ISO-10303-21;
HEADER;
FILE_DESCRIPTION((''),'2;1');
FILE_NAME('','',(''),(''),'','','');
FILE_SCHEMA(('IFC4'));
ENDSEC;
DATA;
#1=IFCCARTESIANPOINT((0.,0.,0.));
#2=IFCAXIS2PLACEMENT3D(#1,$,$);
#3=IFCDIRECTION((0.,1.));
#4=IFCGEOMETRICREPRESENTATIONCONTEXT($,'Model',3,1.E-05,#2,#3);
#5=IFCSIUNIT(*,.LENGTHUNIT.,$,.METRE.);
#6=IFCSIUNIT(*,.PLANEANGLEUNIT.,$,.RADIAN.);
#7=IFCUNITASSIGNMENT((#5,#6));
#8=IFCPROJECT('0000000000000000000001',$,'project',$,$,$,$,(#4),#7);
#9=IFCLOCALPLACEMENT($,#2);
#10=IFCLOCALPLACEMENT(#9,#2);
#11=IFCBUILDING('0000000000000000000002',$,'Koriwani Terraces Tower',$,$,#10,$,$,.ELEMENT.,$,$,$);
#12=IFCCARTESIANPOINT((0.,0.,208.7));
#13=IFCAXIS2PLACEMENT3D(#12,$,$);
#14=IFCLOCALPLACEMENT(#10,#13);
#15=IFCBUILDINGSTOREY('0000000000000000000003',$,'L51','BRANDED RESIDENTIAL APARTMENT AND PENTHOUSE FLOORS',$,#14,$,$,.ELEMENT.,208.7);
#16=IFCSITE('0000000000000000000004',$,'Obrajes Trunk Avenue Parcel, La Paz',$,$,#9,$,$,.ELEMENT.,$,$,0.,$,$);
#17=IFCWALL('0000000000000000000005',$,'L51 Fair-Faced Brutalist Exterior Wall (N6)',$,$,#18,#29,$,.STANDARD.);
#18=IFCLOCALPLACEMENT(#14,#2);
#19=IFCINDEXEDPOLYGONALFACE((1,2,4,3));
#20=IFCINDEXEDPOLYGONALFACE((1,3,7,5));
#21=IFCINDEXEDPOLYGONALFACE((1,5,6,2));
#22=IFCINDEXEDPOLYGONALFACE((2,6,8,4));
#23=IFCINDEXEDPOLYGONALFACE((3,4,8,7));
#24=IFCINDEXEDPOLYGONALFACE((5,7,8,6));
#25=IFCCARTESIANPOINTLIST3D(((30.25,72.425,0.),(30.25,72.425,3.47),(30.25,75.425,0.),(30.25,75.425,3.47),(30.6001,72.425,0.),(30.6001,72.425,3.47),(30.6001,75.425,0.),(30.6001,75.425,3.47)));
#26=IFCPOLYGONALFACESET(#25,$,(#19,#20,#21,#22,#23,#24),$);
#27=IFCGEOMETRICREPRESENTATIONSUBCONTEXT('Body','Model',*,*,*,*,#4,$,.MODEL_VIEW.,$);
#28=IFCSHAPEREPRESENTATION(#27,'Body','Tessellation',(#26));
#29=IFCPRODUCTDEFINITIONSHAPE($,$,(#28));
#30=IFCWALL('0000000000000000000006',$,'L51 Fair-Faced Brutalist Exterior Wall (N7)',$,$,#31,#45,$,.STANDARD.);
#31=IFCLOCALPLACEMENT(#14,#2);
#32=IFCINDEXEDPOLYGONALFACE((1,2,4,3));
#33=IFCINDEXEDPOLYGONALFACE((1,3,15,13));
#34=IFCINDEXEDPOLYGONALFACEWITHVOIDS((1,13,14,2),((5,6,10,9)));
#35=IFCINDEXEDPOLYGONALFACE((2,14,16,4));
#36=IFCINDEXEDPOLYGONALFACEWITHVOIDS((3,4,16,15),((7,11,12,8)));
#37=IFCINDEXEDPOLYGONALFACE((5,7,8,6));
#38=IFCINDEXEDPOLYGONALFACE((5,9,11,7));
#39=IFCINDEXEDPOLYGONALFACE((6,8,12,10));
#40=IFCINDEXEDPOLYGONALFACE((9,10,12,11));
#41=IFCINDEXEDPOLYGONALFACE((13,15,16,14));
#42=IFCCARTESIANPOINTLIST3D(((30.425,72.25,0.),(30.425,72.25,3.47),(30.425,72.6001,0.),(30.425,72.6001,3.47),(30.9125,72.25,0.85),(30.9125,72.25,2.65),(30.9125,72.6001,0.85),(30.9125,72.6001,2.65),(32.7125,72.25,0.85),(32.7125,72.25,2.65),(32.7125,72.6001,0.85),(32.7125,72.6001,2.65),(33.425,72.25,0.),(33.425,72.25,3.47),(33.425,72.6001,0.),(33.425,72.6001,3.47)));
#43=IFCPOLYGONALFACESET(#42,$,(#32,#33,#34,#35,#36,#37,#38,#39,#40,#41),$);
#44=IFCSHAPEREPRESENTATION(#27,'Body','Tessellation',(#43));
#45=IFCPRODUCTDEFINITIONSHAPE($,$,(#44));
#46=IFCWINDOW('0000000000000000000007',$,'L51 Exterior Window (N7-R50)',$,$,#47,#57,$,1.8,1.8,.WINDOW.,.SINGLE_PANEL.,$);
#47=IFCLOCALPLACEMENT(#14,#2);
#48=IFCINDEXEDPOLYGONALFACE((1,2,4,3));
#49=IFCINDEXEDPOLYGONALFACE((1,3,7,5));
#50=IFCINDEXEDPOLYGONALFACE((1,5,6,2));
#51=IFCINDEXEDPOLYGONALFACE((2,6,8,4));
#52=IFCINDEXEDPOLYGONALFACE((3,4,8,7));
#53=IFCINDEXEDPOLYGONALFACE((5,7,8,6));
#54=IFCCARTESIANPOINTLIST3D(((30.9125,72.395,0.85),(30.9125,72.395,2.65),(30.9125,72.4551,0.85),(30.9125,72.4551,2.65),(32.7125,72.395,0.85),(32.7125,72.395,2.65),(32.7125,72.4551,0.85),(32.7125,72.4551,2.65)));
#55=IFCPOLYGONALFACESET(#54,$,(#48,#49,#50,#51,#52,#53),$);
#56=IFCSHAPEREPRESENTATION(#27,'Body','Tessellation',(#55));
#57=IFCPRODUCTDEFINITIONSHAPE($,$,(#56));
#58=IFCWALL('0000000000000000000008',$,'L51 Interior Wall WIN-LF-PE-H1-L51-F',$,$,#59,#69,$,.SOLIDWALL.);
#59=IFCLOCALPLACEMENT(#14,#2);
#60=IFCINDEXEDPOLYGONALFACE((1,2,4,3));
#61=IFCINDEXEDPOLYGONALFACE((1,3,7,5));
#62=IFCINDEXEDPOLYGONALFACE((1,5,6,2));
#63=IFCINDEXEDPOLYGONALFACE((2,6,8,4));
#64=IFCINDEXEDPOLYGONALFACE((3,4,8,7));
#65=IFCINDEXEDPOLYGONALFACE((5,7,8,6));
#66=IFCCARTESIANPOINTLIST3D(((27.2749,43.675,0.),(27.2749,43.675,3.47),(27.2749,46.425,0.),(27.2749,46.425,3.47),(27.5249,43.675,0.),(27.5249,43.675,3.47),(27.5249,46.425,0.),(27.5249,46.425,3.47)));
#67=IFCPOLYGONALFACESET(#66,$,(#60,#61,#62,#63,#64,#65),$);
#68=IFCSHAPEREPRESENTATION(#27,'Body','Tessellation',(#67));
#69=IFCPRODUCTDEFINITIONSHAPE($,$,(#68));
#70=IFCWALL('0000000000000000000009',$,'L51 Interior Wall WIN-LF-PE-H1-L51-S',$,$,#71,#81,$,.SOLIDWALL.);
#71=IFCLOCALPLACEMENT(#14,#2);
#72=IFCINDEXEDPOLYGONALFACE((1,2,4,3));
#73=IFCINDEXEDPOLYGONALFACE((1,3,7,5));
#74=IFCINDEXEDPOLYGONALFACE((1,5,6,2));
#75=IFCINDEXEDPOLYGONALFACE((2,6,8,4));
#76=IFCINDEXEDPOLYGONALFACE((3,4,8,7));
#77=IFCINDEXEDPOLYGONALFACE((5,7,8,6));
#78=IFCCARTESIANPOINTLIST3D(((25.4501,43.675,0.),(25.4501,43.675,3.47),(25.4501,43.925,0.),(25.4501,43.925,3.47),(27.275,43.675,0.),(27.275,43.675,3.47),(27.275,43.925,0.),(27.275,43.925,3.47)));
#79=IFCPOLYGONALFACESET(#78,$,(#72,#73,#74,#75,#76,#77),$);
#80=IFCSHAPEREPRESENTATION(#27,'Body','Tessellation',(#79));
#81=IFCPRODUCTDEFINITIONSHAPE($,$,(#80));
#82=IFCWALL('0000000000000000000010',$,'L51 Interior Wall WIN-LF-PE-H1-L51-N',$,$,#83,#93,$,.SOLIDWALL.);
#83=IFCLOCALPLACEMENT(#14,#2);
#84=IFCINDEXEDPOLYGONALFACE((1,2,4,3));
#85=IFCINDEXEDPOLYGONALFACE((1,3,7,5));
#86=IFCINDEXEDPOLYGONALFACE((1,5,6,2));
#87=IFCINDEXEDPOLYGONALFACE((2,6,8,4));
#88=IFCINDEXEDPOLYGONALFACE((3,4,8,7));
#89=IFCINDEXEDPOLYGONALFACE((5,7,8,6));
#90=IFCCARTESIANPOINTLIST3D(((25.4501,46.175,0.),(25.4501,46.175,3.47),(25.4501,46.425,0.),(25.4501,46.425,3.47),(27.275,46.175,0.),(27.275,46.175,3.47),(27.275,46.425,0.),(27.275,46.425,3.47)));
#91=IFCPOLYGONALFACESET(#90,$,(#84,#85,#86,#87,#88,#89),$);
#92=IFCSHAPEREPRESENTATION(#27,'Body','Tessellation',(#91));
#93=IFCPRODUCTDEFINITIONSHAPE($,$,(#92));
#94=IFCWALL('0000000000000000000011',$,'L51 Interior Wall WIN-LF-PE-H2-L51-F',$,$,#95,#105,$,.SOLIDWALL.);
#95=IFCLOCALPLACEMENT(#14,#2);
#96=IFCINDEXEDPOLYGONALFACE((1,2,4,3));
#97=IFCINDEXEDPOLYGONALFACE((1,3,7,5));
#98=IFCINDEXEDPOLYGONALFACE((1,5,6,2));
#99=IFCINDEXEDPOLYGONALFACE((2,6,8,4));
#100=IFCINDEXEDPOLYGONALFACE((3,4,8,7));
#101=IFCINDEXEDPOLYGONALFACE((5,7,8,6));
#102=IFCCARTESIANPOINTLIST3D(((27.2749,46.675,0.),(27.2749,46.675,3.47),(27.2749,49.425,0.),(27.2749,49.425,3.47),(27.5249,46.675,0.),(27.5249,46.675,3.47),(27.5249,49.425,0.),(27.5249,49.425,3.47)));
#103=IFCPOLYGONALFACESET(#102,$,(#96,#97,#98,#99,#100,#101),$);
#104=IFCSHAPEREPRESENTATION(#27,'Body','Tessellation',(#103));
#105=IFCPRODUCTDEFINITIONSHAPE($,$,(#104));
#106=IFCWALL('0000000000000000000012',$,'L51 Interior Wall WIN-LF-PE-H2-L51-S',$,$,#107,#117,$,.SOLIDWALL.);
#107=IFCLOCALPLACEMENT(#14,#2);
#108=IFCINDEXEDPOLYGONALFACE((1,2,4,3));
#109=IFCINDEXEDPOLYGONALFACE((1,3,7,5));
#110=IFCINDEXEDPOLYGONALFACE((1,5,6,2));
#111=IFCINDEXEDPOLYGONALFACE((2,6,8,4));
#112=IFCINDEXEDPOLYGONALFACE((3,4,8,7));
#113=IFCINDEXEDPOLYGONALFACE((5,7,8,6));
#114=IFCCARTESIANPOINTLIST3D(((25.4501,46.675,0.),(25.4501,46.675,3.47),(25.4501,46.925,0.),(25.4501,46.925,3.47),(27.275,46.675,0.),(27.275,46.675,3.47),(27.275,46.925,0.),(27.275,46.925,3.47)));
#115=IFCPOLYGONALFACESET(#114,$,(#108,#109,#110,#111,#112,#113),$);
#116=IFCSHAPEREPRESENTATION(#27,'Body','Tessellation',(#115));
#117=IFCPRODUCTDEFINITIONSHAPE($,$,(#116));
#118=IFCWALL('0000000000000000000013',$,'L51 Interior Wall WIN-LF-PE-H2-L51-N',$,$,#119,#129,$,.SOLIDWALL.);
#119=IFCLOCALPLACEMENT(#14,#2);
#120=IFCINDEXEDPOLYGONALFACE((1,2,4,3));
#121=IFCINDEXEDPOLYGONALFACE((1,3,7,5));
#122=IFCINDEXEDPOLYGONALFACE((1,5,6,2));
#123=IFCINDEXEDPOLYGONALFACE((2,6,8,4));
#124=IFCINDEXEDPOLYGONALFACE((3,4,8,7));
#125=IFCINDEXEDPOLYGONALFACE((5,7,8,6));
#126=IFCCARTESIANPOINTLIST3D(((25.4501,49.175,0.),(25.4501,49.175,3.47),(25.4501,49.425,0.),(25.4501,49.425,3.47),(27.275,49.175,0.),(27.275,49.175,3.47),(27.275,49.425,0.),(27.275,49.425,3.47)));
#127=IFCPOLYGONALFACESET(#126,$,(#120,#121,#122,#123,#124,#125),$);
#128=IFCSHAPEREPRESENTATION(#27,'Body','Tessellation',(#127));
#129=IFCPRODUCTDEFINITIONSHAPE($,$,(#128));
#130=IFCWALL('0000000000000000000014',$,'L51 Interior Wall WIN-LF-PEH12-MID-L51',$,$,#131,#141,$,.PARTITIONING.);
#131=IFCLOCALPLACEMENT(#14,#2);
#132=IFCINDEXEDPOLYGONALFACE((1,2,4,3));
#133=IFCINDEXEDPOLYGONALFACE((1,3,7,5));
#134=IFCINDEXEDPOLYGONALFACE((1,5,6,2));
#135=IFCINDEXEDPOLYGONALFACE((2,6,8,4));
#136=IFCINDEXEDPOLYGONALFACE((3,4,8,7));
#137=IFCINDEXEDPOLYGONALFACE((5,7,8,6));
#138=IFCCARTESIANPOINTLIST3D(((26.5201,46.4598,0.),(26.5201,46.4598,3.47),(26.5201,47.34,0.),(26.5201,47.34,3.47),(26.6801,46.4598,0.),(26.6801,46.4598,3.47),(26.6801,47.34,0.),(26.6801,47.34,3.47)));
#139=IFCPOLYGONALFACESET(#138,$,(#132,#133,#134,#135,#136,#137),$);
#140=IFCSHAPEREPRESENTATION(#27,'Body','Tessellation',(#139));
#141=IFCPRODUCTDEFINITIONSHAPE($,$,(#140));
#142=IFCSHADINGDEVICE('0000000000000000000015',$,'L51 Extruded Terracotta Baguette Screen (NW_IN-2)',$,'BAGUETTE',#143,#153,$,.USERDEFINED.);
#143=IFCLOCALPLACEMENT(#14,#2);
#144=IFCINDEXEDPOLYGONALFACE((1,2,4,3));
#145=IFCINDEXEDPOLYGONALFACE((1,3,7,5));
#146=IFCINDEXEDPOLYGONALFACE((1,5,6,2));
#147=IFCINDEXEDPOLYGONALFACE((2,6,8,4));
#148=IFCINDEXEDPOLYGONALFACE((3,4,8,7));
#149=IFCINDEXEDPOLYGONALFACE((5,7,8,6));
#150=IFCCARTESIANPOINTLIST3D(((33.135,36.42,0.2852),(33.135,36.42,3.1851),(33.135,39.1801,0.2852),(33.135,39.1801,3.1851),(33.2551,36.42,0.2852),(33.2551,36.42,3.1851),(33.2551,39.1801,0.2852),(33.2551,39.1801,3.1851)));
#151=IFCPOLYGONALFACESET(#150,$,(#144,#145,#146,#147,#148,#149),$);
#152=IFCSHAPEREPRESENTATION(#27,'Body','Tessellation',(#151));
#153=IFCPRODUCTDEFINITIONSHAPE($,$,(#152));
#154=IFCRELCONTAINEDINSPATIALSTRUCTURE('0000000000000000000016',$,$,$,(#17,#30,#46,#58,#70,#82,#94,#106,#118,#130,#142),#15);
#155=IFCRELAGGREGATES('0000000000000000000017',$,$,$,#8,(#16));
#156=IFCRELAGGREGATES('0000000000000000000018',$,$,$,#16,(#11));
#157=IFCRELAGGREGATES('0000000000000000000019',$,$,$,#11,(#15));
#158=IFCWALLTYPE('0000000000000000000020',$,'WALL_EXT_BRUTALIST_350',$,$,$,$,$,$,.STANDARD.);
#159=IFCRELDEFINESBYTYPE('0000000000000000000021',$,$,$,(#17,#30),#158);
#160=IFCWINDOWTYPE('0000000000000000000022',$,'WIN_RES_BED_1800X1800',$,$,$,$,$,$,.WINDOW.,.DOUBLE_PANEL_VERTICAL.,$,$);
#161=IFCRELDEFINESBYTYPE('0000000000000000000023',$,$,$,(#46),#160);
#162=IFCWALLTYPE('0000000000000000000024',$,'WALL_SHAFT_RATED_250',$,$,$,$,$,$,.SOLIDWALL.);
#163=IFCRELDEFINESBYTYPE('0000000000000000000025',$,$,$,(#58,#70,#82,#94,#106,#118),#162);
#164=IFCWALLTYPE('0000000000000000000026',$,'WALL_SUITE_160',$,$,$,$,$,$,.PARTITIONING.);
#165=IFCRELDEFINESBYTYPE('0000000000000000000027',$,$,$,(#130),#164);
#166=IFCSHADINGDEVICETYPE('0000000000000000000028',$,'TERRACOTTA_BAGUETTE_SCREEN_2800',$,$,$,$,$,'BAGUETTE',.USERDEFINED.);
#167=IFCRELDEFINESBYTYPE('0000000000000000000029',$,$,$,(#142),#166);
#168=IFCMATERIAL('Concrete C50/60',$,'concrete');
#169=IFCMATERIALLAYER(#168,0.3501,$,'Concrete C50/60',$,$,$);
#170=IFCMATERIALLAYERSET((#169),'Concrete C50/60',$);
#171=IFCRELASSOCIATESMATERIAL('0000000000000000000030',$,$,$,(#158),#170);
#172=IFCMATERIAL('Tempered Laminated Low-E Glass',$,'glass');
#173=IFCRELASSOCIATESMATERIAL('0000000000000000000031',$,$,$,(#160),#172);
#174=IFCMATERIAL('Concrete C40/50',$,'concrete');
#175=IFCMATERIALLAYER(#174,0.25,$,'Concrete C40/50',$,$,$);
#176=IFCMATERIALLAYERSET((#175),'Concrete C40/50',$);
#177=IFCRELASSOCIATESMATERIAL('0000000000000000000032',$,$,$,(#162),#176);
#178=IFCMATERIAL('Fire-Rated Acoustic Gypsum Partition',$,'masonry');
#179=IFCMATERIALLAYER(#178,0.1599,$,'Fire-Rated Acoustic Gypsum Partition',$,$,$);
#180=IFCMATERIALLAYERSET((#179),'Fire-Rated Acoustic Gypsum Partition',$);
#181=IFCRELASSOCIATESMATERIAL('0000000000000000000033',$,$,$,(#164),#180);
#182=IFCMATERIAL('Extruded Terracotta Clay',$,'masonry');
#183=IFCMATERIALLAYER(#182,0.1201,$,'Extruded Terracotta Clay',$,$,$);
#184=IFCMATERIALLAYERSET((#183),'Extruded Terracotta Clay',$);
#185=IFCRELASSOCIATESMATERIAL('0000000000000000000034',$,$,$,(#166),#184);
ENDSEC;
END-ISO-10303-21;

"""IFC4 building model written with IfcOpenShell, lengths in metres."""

from ifc_helpers import new_model, si_unit, direction, frame, frame_2d, origin, origin_2d, place, context, subcontext, project, spatial, rectangle, extrude, material, layer, layer_set, type_object, element, fill, save


model = new_model("IFC4")

# Units and contexts
model_context = context("Model", 3, precision=1e-05, world=origin(), true_north=direction((0.0, 1.0)))
body_context = subcontext(model_context, "Body", "Model", "MODEL_VIEW")
ifc_project = project(units=[si_unit("LENGTHUNIT", "METRE"), si_unit("PLANEANGLEUNIT", "RADIAN")], contexts=[model_context])

# Site, building, storey
site_placement = place(None, origin())
site = spatial("IfcSite", under=ifc_project, at=site_placement, Name="Obrajes Trunk Avenue Parcel, La Paz", CompositionType="ELEMENT", RefElevation=0.0)
building_placement = place(site_placement, origin())
building = spatial("IfcBuilding", under=site, at=building_placement, Name="Koriwani Terraces Tower", CompositionType="ELEMENT")
storey_placement = place(building_placement, frame((0.0, 0.0, 208.7)))
storey = spatial("IfcBuildingStorey", under=building, at=storey_placement, Name="L51", Description="BRANDED RESIDENTIAL APARTMENT AND PENTHOUSE FLOORS", CompositionType="ELEMENT", Elevation=208.7)

# Shared definitions
ifc_material_1 = material(Name="Concrete C50/60", Category="concrete")

# Wall
ifc_layer_1 = layer(ifc_material_1, 0.3501, Name="Concrete C50/60")
ifc_layer_set_1 = layer_set([ifc_layer_1], Name="Concrete C50/60")
wall_type_1 = type_object("IfcWallType", Name="WALL_EXT_BRUTALIST_350", PredefinedType="STANDARD", material=ifc_layer_set_1)
wall_1_placement = place(storey_placement, frame((30.425, 75.425, 0.0), z_axis=(0.0, 0.0, 1.0), x_axis=(0.0, -1.0, 0.0)))
element("IfcWall", 1, at=wall_1_placement, inside=storey, type_object=wall_type_1, Name="L51 Fair-Faced Brutalist Exterior Wall (N6)", PredefinedType="STANDARD", context=body_context, shape_type="SweptSolid", body=[
    extrude(rectangle(XDim=3.0, YDim=0.3501, at=frame_2d((1.5, 0.0))), origin(), (0.0, 0.0, 1.0), 3.47),
])

# Wall, opening, window
wall_2_placement = place(storey_placement, frame((30.425, 72.425, 0.0), z_axis=(0.0, 0.0, 1.0), x_axis=(1.0, 0.0, 0.0)))
wall_2 = element("IfcWall", 2, at=wall_2_placement, inside=storey, type_object=wall_type_1, Name="L51 Fair-Faced Brutalist Exterior Wall (N7)", PredefinedType="STANDARD", context=body_context, shape_type="SweptSolid", body=[
    extrude(rectangle(XDim=3.0, YDim=0.3501, at=frame_2d((1.5, 0.0))), origin(), (0.0, 0.0, 1.0), 3.47),
])
opening_1_placement = place(wall_2_placement, frame((0.4875, 0.0, 0.8501)))
opening_1 = element("IfcOpeningElement", 3, at=opening_1_placement, cuts=wall_2, PredefinedType="OPENING", context=body_context, shape_type="SweptSolid", body=[
    extrude(rectangle(XDim=1.8, YDim=1.8, at=frame_2d((0.8999, 0.8999))), frame((0.0, 0.1851, 0.0), z_axis=(0.0, -1.0, 0.0), x_axis=(1.0, 0.0, 0.0)), (0.0, 0.0, 1.0), 0.3701),
])
ifc_material_2 = material(Name="Tempered Laminated Low-E Glass", Category="glass")
window_type = type_object("IfcWindowType", Name="WIN_RES_BED_1800X1800", PartitioningType="DOUBLE_PANEL_VERTICAL", PredefinedType="WINDOW", material=ifc_material_2)
window_placement = place(opening_1_placement, origin())
window = element("IfcWindow", 4, at=window_placement, inside=storey, type_object=window_type, Name="L51 Exterior Window (N7-R50)", OverallHeight=1.8, OverallWidth=1.8, PartitioningType="SINGLE_PANEL", PredefinedType="WINDOW", context=body_context, shape_type="SweptSolid", body=[
    extrude(rectangle(XDim=1.8, YDim=1.8, at=frame_2d((0.8999, 0.8999))), frame((0.0, 0.03, 0.0), z_axis=(0.0, -1.0, 0.0), x_axis=(1.0, 0.0, 0.0)), (0.0, 0.0, 1.0), 0.0601),
])
fill(opening_1, window)

# Shared definitions
ifc_material_3 = material(Name="Concrete C40/50", Category="concrete")
ifc_layer_2 = layer(ifc_material_3, 0.25, Name="Concrete C40/50")
ifc_layer_set_2 = layer_set([ifc_layer_2], Name="Concrete C40/50")
wall_type_2 = type_object("IfcWallType", Name="WALL_SHAFT_RATED_250", PredefinedType="SOLIDWALL", material=ifc_layer_set_2)

# Walls
wall_3_placement = place(storey_placement, frame((27.3999, 43.675, 0.0), z_axis=(0.0, 0.0, 1.0), x_axis=(0.0, 1.0, 0.0)))
element("IfcWall", 5, at=wall_3_placement, inside=storey, type_object=wall_type_2, Name="L51 Interior Wall WIN-LF-PE-H1-L51-F", PredefinedType="SOLIDWALL", context=body_context, shape_type="SweptSolid", body=[
    extrude(rectangle(XDim=2.75, YDim=0.25, at=frame_2d((1.375, 0.0))), origin(), (0.0, 0.0, 1.0), 3.47),
])
for number, where, z_axis, x_axis, name in (
    (6, (25.45, 43.8, 0.0), (0.0, 0.0, 1.0), (1.0, 0.0, 0.0), "L51 Interior Wall WIN-LF-PE-H1-L51-S"),
    (7, (25.45, 46.3, 0.0), (0.0, 0.0, 1.0), (1.0, 0.0, 0.0), "L51 Interior Wall WIN-LF-PE-H1-L51-N"),
):
    element("IfcWall", number, at=place(storey_placement, frame(where, z_axis=z_axis, x_axis=x_axis)), inside=storey, type_object=wall_type_2, Name=name, PredefinedType="SOLIDWALL", context=body_context, shape_type="SweptSolid", body=[
        extrude(rectangle(XDim=1.825, YDim=0.25, at=frame_2d((0.9126, 0.0))), origin(), (0.0, 0.0, 1.0), 3.47),
    ])
wall_4_placement = place(storey_placement, frame((27.3999, 46.675, 0.0), z_axis=(0.0, 0.0, 1.0), x_axis=(0.0, 1.0, 0.0)))
element("IfcWall", 8, at=wall_4_placement, inside=storey, type_object=wall_type_2, Name="L51 Interior Wall WIN-LF-PE-H2-L51-F", PredefinedType="SOLIDWALL", context=body_context, shape_type="SweptSolid", body=[
    extrude(rectangle(XDim=2.75, YDim=0.25, at=frame_2d((1.375, 0.0))), origin(), (0.0, 0.0, 1.0), 3.47),
])
for number, where, z_axis, x_axis, name in (
    (9, (25.45, 46.8, 0.0), (0.0, 0.0, 1.0), (1.0, 0.0, 0.0), "L51 Interior Wall WIN-LF-PE-H2-L51-S"),
    (10, (25.45, 49.3, 0.0), (0.0, 0.0, 1.0), (1.0, 0.0, 0.0), "L51 Interior Wall WIN-LF-PE-H2-L51-N"),
):
    element("IfcWall", number, at=place(storey_placement, frame(where, z_axis=z_axis, x_axis=x_axis)), inside=storey, type_object=wall_type_2, Name=name, PredefinedType="SOLIDWALL", context=body_context, shape_type="SweptSolid", body=[
        extrude(rectangle(XDim=1.825, YDim=0.25, at=frame_2d((0.9126, 0.0))), origin(), (0.0, 0.0, 1.0), 3.47),
    ])
ifc_material_4 = material(Name="Fire-Rated Acoustic Gypsum Partition", Category="masonry")
ifc_layer_3 = layer(ifc_material_4, 0.1599, Name="Fire-Rated Acoustic Gypsum Partition")
ifc_layer_set_3 = layer_set([ifc_layer_3], Name="Fire-Rated Acoustic Gypsum Partition")
wall_type_3 = type_object("IfcWallType", Name="WALL_SUITE_160", PredefinedType="PARTITIONING", material=ifc_layer_set_3)
wall_5_placement = place(storey_placement, frame((26.6001, 46.46, 0.0), z_axis=(0.0, 0.0, 1.0), x_axis=(0.0, 1.0, 0.0)))
element("IfcWall", 11, at=wall_5_placement, inside=storey, type_object=wall_type_3, Name="L51 Interior Wall WIN-LF-PEH12-MID-L51", PredefinedType="PARTITIONING", context=body_context, shape_type="SweptSolid", body=[
    extrude(rectangle(XDim=0.8801, YDim=0.1599, at=frame_2d((0.4399, 0.0))), origin(), (0.0, 0.0, 1.0), 3.47),
])

# Shading device
ifc_material_5 = material(Name="Extruded Terracotta Clay", Category="masonry")
ifc_layer_4 = layer(ifc_material_5, 0.1201, Name="Extruded Terracotta Clay")
ifc_layer_set_4 = layer_set([ifc_layer_4], Name="Extruded Terracotta Clay")
shading_device_type = type_object("IfcShadingDeviceType", Name="TERRACOTTA_BAGUETTE_SCREEN_2800", ElementType="BAGUETTE", PredefinedType="USERDEFINED", material=ifc_layer_set_4)
shading_device_placement = place(storey_placement, frame((33.1951, 37.8, 0.2852), z_axis=(0.0, 0.0, 1.0), x_axis=(0.0, -1.0, 0.0)))
element("IfcShadingDevice", 12, at=shading_device_placement, inside=storey, type_object=shading_device_type, Name="L51 Extruded Terracotta Baguette Screen (NW_IN-2)", ObjectType="BAGUETTE", PredefinedType="USERDEFINED", context=body_context, shape_type="SweptSolid", body=[
    extrude(rectangle(XDim=2.76, YDim=0.1201, at=origin_2d()), origin(), (0.0, 0.0, 1.0), 2.8999),
])

save(model, "model.ifc")
